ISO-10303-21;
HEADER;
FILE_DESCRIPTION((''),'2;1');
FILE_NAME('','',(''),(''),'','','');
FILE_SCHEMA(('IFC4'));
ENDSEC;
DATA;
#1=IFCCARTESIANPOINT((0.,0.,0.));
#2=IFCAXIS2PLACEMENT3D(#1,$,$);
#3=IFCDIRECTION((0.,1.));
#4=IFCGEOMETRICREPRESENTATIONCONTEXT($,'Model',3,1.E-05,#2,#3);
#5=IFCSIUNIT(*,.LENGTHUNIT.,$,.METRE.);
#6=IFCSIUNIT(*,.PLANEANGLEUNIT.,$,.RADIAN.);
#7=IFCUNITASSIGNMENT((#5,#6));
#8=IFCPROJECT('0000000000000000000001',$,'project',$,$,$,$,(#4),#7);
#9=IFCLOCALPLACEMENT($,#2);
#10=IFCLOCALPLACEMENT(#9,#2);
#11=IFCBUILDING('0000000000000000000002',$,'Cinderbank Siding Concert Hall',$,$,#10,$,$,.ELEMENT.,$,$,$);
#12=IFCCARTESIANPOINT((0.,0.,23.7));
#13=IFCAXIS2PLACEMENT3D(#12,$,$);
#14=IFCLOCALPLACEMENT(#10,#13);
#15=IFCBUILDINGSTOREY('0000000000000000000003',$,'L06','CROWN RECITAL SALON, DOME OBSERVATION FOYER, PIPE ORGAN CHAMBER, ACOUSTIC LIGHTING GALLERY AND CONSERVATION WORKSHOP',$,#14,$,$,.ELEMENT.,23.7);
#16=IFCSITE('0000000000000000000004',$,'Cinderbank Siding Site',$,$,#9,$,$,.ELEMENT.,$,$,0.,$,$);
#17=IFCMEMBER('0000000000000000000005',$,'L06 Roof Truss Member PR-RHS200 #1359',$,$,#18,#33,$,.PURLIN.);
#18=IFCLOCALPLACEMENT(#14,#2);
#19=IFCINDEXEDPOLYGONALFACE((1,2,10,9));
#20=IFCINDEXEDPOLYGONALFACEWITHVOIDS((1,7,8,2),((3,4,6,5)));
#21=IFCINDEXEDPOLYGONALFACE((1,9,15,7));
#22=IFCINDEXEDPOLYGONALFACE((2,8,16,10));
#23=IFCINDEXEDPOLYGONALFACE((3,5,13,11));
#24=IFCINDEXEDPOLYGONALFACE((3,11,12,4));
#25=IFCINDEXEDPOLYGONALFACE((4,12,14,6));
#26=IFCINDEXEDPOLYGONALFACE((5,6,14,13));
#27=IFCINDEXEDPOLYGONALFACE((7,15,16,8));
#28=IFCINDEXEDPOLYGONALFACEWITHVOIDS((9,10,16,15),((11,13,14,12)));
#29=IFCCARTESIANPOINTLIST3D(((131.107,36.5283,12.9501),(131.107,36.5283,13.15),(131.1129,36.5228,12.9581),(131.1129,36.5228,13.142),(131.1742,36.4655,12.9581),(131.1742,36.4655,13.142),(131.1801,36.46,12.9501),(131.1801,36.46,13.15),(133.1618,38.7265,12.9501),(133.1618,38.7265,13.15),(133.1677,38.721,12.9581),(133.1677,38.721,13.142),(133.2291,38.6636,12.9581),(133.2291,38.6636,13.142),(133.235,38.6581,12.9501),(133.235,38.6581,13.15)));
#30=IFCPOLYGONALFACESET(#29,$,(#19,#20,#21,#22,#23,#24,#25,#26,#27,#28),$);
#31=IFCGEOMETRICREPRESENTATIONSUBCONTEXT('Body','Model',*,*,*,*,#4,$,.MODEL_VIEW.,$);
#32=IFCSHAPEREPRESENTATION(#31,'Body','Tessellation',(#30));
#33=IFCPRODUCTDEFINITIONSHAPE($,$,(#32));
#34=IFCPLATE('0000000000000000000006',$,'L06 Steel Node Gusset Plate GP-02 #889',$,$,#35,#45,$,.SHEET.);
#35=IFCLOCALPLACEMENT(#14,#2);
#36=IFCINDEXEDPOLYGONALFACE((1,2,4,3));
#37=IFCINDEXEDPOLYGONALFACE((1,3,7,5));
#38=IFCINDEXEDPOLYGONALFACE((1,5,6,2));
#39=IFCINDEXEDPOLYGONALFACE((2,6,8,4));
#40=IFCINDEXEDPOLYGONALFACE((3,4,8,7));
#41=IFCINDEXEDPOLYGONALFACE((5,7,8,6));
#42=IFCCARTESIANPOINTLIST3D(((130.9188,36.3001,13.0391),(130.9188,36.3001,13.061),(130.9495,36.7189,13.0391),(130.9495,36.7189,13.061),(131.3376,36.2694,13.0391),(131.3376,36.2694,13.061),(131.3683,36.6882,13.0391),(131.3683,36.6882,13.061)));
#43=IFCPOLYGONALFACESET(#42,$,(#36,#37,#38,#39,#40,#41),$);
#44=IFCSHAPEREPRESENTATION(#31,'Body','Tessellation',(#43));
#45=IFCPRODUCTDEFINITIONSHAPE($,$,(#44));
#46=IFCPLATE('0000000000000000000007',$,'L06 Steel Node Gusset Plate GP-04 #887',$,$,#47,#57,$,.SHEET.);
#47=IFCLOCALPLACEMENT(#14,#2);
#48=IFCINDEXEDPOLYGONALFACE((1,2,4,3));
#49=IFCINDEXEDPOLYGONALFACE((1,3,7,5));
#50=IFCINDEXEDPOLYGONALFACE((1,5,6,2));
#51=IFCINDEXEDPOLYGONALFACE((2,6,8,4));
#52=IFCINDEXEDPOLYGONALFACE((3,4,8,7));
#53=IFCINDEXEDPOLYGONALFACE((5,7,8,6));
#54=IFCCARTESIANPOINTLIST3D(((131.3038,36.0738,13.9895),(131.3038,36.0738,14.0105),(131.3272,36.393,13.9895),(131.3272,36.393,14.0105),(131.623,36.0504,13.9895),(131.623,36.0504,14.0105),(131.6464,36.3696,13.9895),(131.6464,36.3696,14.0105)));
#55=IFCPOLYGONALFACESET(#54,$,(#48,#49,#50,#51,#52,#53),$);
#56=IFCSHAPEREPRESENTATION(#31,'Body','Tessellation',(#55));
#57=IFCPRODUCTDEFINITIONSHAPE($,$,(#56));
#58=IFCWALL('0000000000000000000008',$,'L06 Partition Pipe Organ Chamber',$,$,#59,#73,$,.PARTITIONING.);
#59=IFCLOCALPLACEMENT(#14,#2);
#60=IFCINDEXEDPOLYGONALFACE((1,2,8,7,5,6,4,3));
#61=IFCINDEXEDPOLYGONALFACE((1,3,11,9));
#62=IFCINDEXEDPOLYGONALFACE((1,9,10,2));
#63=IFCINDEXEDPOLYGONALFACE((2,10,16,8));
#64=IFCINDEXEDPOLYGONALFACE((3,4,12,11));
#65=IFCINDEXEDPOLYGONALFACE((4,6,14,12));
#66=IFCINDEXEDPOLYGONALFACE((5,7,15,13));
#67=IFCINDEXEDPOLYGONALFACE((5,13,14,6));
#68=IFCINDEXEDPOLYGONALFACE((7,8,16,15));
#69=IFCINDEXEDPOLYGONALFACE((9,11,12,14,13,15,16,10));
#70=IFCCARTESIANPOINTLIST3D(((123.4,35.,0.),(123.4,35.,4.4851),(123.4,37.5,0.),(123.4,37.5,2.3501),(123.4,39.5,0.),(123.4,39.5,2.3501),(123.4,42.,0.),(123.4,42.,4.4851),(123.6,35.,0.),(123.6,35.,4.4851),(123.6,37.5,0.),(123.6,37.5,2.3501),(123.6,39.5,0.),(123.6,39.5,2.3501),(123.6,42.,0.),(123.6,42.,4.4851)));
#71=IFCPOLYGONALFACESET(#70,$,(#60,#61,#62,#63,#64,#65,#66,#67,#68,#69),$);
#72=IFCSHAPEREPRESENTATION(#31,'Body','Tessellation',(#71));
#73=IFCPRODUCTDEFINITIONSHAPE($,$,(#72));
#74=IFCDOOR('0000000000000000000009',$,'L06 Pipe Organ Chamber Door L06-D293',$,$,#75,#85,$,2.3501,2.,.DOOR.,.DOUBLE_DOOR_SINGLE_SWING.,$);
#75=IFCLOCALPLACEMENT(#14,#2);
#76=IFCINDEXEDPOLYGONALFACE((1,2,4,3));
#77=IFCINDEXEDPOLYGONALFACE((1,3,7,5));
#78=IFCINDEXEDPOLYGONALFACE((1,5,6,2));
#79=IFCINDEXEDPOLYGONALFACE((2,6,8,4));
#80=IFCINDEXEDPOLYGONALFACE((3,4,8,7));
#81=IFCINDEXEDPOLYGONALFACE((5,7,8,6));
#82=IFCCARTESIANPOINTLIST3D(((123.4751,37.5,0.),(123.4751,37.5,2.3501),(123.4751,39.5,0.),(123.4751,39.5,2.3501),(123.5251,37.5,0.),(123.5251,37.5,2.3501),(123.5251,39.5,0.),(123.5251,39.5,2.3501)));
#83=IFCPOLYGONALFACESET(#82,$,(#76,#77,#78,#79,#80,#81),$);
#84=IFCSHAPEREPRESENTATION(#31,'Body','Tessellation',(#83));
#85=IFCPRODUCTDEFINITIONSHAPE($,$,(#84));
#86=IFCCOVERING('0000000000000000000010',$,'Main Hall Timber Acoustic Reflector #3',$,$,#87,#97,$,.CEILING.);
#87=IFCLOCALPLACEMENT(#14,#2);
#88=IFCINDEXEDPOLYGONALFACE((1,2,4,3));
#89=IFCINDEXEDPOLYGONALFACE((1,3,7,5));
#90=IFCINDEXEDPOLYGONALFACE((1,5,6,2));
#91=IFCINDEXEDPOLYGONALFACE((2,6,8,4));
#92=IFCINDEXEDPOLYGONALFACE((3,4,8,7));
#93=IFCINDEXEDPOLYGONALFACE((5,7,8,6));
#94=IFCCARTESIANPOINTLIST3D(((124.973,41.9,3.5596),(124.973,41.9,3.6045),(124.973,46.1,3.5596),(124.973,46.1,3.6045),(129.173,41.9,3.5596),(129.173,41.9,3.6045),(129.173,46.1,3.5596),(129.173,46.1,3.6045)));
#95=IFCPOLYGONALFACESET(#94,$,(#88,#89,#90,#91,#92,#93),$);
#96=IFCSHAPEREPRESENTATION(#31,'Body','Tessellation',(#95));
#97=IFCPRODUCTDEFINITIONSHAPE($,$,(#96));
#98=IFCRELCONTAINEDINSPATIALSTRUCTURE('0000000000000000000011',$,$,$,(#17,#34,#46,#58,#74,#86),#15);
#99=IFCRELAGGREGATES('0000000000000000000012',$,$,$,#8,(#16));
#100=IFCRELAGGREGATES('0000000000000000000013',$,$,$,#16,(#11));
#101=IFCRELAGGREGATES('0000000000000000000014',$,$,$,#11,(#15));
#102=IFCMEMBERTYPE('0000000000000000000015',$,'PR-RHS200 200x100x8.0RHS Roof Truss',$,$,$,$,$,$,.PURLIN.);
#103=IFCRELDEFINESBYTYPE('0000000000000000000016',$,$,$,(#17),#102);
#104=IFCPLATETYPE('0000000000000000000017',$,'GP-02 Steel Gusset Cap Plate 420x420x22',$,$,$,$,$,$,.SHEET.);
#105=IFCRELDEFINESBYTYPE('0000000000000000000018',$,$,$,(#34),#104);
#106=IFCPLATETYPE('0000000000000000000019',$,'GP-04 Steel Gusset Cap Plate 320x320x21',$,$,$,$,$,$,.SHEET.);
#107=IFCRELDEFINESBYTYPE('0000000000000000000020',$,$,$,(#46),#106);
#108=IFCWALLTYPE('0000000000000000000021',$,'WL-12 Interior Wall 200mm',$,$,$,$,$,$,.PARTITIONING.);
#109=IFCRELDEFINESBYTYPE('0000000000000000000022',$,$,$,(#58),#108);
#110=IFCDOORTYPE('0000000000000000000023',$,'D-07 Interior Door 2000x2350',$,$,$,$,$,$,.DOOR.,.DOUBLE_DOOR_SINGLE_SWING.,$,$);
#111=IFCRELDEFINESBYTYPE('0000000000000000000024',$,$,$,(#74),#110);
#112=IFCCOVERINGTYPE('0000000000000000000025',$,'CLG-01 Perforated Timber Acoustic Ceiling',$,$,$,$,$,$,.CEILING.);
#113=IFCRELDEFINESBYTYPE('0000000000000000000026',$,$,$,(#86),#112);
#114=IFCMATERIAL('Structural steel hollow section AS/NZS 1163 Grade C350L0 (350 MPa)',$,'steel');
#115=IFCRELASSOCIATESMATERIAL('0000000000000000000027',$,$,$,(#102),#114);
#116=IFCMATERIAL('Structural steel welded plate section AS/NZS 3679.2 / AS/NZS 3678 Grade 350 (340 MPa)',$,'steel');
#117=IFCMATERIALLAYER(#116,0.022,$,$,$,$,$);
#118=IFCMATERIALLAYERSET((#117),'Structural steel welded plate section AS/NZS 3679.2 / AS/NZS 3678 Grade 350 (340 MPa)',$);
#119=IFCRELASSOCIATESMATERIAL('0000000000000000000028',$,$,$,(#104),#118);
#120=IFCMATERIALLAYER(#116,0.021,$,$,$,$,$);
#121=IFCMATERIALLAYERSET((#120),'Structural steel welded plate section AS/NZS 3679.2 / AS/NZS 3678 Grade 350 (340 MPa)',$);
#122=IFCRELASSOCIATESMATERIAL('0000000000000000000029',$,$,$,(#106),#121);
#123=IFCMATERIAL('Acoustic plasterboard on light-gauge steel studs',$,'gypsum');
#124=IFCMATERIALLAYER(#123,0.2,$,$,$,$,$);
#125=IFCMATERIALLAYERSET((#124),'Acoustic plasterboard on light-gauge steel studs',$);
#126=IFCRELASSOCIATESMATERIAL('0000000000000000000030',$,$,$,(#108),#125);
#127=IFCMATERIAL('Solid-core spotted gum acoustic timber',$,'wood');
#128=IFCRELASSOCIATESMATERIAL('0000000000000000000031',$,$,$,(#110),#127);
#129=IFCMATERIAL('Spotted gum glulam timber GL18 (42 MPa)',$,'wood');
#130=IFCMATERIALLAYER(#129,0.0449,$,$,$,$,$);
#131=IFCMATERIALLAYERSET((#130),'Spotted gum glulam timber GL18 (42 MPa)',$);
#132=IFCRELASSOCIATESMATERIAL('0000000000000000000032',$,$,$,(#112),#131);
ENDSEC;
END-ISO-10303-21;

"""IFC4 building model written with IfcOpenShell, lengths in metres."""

from ifc_helpers import new_model, si_unit, direction, frame, frame_2d, origin, origin_2d, place, context, subcontext, project, spatial, rectangle, hollow_rectangle, extrude, material, layer, layer_set, material_profile, profile_set, type_object, element, fill, save


model = new_model("IFC4")

# Units and contexts
model_context = context("Model", 3, precision=1e-05, world=origin(), true_north=direction((0.0, 1.0)))
body_context = subcontext(model_context, "Body", "Model", "MODEL_VIEW")
ifc_project = project(units=[si_unit("LENGTHUNIT", "METRE"), si_unit("PLANEANGLEUNIT", "RADIAN")], contexts=[model_context])

# Site, building, storey
site_placement = place(None, origin())
site = spatial("IfcSite", under=ifc_project, at=site_placement, Name="Cinderbank Siding Site", CompositionType="ELEMENT", RefElevation=0.0)
building_placement = place(site_placement, origin())
building = spatial("IfcBuilding", under=site, at=building_placement, Name="Cinderbank Siding Concert Hall", CompositionType="ELEMENT")
storey_placement = place(building_placement, frame((0.0, 0.0, 23.7)))
storey = spatial("IfcBuildingStorey", under=building, at=storey_placement, Name="L06", Description="CROWN RECITAL SALON, DOME OBSERVATION FOYER, PIPE ORGAN CHAMBER, ACOUSTIC LIGHTING GALLERY AND CONSERVATION WORKSHOP", CompositionType="ELEMENT", Elevation=23.7)

# Member
ifc_material_1 = material(Name="Structural steel hollow section AS/NZS 1163 Grade C350L0 (350 MPa)", Category="steel")
ifc_material_profile_1 = material_profile(ifc_material_1, hollow_rectangle(XDim=0.1001, YDim=0.2, WallThickness=0.0081, at=origin_2d()), Name="200x100x8.0RHS", Category="LoadBearing")
ifc_profile_set_1 = profile_set([ifc_material_profile_1], Name="Structural steel hollow section AS/NZS 1163 Grade C350L0 (350 MPa)")
member_type_1 = type_object("IfcMemberType", Name="PR-RHS200 200x100x8.0RHS Roof Truss", PredefinedType="PURLIN", material=ifc_profile_set_1)
member_1_placement = place(storey_placement, frame((131.1436, 36.4941, 13.05), z_axis=(0.682893, 0.730518, 0.0), x_axis=(-0.730518, 0.682893, 0.0)))
element("IfcMember", 1, at=member_1_placement, inside=storey, type_object=member_type_1, Name="L06 Roof Truss Member PR-RHS200 #1359", PredefinedType="PURLIN", context=body_context, shape_type="SweptSolid", body=[
    extrude(hollow_rectangle(XDim=0.1001, YDim=0.2, WallThickness=0.0081, at=origin_2d()), origin(), (0.0, 0.0, 1.0), 3.009),
])

# Plates
ifc_material_2 = material(Name="Structural steel welded plate section AS/NZS 3679.2 / AS/NZS 3678 Grade 350 (340 MPa)", Category="steel")
ifc_layer_1 = layer(ifc_material_2, 0.022)
ifc_layer_set_1 = layer_set([ifc_layer_1], Name="Structural steel welded plate section AS/NZS 3679.2 / AS/NZS 3678 Grade 350 (340 MPa)")
plate_type_1 = type_object("IfcPlateType", Name="GP-02 Steel Gusset Cap Plate 420x420x22", PredefinedType="SHEET", material=ifc_layer_set_1)
plate_1_placement = place(storey_placement, frame((131.1436, 36.4941, 13.0391), z_axis=(0.0, 0.0, 1.0), x_axis=(0.073064, 0.997327, 0.0)))
element("IfcPlate", 2, at=plate_1_placement, inside=storey, type_object=plate_type_1, Name="L06 Steel Node Gusset Plate GP-02 #889", PredefinedType="SHEET", context=body_context, shape_type="SweptSolid", body=[
    extrude(rectangle(XDim=0.4199, YDim=0.4199, at=origin_2d()), origin(), (0.0, 0.0, 1.0), 0.022),
])
ifc_layer_2 = layer(ifc_material_2, 0.021)
ifc_layer_set_2 = layer_set([ifc_layer_2], Name="Structural steel welded plate section AS/NZS 3679.2 / AS/NZS 3678 Grade 350 (340 MPa)")
plate_type_2 = type_object("IfcPlateType", Name="GP-04 Steel Gusset Cap Plate 320x320x21", PredefinedType="SHEET", material=ifc_layer_set_2)
plate_2_placement = place(storey_placement, frame((131.4751, 36.2217, 13.9895), z_axis=(0.0, 0.0, 1.0), x_axis=(0.073064, 0.997327, 0.0)))
element("IfcPlate", 3, at=plate_2_placement, inside=storey, type_object=plate_type_2, Name="L06 Steel Node Gusset Plate GP-04 #887", PredefinedType="SHEET", context=body_context, shape_type="SweptSolid", body=[
    extrude(rectangle(XDim=0.3201, YDim=0.3201, at=origin_2d()), origin(), (0.0, 0.0, 1.0), 0.021),
])

# Wall, opening, door
ifc_material_3 = material(Name="Acoustic plasterboard on light-gauge steel studs", Category="gypsum")
ifc_layer_3 = layer(ifc_material_3, 0.2)
ifc_layer_set_3 = layer_set([ifc_layer_3], Name="Acoustic plasterboard on light-gauge steel studs")
wall_type = type_object("IfcWallType", Name="WL-12 Interior Wall 200mm", PredefinedType="PARTITIONING", material=ifc_layer_set_3)
wall_placement = place(storey_placement, frame((123.5, 35.0, 0.0), z_axis=(0.0, 0.0, 1.0), x_axis=(0.0, 1.0, 0.0)))
wall = element("IfcWall", 4, at=wall_placement, inside=storey, type_object=wall_type, Name="L06 Partition Pipe Organ Chamber", PredefinedType="PARTITIONING", context=body_context, shape_type="SweptSolid", body=[
    extrude(rectangle(XDim=7.0, YDim=0.2, at=frame_2d((3.5, 0.0))), origin(), (0.0, 0.0, 1.0), 4.4851),
])
opening_placement = place(wall_placement, frame((2.5, 0.0, 0.0)))
opening = element("IfcOpeningElement", 5, at=opening_placement, cuts=wall, PredefinedType="OPENING", context=body_context, shape_type="SweptSolid", body=[
    extrude(rectangle(XDim=2.0, YDim=2.3501, at=frame_2d((1.0, 1.175))), frame((0.0, 0.1118, 0.0), z_axis=(0.0, -1.0, 0.0), x_axis=(1.0, 0.0, 0.0)), (0.0, 0.0, 1.0), 0.2239),
])
ifc_material_4 = material(Name="Solid-core spotted gum acoustic timber", Category="wood")
door_type = type_object("IfcDoorType", Name="D-07 Interior Door 2000x2350", OperationType="DOUBLE_DOOR_SINGLE_SWING", PredefinedType="DOOR", material=ifc_material_4)
door_placement = place(opening_placement, origin())
door = element("IfcDoor", 6, at=door_placement, inside=storey, type_object=door_type, Name="L06 Pipe Organ Chamber Door L06-D293", OperationType="DOUBLE_DOOR_SINGLE_SWING", OverallHeight=2.3501, OverallWidth=2.0, PredefinedType="DOOR", context=body_context, shape_type="SweptSolid", body=[
    extrude(rectangle(XDim=2.0, YDim=2.3501, at=frame_2d((1.0, 1.175))), frame((0.0, 0.0249, 0.0), z_axis=(0.0, -1.0, 0.0), x_axis=(1.0, 0.0, 0.0)), (0.0, 0.0, 1.0), 0.05),
])
fill(opening, door)

# Covering
ifc_material_5 = material(Name="Spotted gum glulam timber GL18 (42 MPa)", Category="wood")
ifc_layer_4 = layer(ifc_material_5, 0.0449)
ifc_layer_set_4 = layer_set([ifc_layer_4], Name="Spotted gum glulam timber GL18 (42 MPa)")
covering_type = type_object("IfcCoveringType", Name="CLG-01 Perforated Timber Acoustic Ceiling", PredefinedType="CEILING", material=ifc_layer_set_4)
covering_placement = place(storey_placement, frame((127.073, 44.0, 3.5596), z_axis=(0.0, 0.0, 1.0), x_axis=(1.0, 0.0, 0.0)))
element("IfcCovering", 7, at=covering_placement, inside=storey, type_object=covering_type, Name="Main Hall Timber Acoustic Reflector #3", PredefinedType="CEILING", context=body_context, shape_type="SweptSolid", body=[
    extrude(rectangle(XDim=4.2, YDim=4.2, at=origin_2d()), origin(), (0.0, 0.0, 1.0), 0.0449),
])

save(model, "model.ifc")
